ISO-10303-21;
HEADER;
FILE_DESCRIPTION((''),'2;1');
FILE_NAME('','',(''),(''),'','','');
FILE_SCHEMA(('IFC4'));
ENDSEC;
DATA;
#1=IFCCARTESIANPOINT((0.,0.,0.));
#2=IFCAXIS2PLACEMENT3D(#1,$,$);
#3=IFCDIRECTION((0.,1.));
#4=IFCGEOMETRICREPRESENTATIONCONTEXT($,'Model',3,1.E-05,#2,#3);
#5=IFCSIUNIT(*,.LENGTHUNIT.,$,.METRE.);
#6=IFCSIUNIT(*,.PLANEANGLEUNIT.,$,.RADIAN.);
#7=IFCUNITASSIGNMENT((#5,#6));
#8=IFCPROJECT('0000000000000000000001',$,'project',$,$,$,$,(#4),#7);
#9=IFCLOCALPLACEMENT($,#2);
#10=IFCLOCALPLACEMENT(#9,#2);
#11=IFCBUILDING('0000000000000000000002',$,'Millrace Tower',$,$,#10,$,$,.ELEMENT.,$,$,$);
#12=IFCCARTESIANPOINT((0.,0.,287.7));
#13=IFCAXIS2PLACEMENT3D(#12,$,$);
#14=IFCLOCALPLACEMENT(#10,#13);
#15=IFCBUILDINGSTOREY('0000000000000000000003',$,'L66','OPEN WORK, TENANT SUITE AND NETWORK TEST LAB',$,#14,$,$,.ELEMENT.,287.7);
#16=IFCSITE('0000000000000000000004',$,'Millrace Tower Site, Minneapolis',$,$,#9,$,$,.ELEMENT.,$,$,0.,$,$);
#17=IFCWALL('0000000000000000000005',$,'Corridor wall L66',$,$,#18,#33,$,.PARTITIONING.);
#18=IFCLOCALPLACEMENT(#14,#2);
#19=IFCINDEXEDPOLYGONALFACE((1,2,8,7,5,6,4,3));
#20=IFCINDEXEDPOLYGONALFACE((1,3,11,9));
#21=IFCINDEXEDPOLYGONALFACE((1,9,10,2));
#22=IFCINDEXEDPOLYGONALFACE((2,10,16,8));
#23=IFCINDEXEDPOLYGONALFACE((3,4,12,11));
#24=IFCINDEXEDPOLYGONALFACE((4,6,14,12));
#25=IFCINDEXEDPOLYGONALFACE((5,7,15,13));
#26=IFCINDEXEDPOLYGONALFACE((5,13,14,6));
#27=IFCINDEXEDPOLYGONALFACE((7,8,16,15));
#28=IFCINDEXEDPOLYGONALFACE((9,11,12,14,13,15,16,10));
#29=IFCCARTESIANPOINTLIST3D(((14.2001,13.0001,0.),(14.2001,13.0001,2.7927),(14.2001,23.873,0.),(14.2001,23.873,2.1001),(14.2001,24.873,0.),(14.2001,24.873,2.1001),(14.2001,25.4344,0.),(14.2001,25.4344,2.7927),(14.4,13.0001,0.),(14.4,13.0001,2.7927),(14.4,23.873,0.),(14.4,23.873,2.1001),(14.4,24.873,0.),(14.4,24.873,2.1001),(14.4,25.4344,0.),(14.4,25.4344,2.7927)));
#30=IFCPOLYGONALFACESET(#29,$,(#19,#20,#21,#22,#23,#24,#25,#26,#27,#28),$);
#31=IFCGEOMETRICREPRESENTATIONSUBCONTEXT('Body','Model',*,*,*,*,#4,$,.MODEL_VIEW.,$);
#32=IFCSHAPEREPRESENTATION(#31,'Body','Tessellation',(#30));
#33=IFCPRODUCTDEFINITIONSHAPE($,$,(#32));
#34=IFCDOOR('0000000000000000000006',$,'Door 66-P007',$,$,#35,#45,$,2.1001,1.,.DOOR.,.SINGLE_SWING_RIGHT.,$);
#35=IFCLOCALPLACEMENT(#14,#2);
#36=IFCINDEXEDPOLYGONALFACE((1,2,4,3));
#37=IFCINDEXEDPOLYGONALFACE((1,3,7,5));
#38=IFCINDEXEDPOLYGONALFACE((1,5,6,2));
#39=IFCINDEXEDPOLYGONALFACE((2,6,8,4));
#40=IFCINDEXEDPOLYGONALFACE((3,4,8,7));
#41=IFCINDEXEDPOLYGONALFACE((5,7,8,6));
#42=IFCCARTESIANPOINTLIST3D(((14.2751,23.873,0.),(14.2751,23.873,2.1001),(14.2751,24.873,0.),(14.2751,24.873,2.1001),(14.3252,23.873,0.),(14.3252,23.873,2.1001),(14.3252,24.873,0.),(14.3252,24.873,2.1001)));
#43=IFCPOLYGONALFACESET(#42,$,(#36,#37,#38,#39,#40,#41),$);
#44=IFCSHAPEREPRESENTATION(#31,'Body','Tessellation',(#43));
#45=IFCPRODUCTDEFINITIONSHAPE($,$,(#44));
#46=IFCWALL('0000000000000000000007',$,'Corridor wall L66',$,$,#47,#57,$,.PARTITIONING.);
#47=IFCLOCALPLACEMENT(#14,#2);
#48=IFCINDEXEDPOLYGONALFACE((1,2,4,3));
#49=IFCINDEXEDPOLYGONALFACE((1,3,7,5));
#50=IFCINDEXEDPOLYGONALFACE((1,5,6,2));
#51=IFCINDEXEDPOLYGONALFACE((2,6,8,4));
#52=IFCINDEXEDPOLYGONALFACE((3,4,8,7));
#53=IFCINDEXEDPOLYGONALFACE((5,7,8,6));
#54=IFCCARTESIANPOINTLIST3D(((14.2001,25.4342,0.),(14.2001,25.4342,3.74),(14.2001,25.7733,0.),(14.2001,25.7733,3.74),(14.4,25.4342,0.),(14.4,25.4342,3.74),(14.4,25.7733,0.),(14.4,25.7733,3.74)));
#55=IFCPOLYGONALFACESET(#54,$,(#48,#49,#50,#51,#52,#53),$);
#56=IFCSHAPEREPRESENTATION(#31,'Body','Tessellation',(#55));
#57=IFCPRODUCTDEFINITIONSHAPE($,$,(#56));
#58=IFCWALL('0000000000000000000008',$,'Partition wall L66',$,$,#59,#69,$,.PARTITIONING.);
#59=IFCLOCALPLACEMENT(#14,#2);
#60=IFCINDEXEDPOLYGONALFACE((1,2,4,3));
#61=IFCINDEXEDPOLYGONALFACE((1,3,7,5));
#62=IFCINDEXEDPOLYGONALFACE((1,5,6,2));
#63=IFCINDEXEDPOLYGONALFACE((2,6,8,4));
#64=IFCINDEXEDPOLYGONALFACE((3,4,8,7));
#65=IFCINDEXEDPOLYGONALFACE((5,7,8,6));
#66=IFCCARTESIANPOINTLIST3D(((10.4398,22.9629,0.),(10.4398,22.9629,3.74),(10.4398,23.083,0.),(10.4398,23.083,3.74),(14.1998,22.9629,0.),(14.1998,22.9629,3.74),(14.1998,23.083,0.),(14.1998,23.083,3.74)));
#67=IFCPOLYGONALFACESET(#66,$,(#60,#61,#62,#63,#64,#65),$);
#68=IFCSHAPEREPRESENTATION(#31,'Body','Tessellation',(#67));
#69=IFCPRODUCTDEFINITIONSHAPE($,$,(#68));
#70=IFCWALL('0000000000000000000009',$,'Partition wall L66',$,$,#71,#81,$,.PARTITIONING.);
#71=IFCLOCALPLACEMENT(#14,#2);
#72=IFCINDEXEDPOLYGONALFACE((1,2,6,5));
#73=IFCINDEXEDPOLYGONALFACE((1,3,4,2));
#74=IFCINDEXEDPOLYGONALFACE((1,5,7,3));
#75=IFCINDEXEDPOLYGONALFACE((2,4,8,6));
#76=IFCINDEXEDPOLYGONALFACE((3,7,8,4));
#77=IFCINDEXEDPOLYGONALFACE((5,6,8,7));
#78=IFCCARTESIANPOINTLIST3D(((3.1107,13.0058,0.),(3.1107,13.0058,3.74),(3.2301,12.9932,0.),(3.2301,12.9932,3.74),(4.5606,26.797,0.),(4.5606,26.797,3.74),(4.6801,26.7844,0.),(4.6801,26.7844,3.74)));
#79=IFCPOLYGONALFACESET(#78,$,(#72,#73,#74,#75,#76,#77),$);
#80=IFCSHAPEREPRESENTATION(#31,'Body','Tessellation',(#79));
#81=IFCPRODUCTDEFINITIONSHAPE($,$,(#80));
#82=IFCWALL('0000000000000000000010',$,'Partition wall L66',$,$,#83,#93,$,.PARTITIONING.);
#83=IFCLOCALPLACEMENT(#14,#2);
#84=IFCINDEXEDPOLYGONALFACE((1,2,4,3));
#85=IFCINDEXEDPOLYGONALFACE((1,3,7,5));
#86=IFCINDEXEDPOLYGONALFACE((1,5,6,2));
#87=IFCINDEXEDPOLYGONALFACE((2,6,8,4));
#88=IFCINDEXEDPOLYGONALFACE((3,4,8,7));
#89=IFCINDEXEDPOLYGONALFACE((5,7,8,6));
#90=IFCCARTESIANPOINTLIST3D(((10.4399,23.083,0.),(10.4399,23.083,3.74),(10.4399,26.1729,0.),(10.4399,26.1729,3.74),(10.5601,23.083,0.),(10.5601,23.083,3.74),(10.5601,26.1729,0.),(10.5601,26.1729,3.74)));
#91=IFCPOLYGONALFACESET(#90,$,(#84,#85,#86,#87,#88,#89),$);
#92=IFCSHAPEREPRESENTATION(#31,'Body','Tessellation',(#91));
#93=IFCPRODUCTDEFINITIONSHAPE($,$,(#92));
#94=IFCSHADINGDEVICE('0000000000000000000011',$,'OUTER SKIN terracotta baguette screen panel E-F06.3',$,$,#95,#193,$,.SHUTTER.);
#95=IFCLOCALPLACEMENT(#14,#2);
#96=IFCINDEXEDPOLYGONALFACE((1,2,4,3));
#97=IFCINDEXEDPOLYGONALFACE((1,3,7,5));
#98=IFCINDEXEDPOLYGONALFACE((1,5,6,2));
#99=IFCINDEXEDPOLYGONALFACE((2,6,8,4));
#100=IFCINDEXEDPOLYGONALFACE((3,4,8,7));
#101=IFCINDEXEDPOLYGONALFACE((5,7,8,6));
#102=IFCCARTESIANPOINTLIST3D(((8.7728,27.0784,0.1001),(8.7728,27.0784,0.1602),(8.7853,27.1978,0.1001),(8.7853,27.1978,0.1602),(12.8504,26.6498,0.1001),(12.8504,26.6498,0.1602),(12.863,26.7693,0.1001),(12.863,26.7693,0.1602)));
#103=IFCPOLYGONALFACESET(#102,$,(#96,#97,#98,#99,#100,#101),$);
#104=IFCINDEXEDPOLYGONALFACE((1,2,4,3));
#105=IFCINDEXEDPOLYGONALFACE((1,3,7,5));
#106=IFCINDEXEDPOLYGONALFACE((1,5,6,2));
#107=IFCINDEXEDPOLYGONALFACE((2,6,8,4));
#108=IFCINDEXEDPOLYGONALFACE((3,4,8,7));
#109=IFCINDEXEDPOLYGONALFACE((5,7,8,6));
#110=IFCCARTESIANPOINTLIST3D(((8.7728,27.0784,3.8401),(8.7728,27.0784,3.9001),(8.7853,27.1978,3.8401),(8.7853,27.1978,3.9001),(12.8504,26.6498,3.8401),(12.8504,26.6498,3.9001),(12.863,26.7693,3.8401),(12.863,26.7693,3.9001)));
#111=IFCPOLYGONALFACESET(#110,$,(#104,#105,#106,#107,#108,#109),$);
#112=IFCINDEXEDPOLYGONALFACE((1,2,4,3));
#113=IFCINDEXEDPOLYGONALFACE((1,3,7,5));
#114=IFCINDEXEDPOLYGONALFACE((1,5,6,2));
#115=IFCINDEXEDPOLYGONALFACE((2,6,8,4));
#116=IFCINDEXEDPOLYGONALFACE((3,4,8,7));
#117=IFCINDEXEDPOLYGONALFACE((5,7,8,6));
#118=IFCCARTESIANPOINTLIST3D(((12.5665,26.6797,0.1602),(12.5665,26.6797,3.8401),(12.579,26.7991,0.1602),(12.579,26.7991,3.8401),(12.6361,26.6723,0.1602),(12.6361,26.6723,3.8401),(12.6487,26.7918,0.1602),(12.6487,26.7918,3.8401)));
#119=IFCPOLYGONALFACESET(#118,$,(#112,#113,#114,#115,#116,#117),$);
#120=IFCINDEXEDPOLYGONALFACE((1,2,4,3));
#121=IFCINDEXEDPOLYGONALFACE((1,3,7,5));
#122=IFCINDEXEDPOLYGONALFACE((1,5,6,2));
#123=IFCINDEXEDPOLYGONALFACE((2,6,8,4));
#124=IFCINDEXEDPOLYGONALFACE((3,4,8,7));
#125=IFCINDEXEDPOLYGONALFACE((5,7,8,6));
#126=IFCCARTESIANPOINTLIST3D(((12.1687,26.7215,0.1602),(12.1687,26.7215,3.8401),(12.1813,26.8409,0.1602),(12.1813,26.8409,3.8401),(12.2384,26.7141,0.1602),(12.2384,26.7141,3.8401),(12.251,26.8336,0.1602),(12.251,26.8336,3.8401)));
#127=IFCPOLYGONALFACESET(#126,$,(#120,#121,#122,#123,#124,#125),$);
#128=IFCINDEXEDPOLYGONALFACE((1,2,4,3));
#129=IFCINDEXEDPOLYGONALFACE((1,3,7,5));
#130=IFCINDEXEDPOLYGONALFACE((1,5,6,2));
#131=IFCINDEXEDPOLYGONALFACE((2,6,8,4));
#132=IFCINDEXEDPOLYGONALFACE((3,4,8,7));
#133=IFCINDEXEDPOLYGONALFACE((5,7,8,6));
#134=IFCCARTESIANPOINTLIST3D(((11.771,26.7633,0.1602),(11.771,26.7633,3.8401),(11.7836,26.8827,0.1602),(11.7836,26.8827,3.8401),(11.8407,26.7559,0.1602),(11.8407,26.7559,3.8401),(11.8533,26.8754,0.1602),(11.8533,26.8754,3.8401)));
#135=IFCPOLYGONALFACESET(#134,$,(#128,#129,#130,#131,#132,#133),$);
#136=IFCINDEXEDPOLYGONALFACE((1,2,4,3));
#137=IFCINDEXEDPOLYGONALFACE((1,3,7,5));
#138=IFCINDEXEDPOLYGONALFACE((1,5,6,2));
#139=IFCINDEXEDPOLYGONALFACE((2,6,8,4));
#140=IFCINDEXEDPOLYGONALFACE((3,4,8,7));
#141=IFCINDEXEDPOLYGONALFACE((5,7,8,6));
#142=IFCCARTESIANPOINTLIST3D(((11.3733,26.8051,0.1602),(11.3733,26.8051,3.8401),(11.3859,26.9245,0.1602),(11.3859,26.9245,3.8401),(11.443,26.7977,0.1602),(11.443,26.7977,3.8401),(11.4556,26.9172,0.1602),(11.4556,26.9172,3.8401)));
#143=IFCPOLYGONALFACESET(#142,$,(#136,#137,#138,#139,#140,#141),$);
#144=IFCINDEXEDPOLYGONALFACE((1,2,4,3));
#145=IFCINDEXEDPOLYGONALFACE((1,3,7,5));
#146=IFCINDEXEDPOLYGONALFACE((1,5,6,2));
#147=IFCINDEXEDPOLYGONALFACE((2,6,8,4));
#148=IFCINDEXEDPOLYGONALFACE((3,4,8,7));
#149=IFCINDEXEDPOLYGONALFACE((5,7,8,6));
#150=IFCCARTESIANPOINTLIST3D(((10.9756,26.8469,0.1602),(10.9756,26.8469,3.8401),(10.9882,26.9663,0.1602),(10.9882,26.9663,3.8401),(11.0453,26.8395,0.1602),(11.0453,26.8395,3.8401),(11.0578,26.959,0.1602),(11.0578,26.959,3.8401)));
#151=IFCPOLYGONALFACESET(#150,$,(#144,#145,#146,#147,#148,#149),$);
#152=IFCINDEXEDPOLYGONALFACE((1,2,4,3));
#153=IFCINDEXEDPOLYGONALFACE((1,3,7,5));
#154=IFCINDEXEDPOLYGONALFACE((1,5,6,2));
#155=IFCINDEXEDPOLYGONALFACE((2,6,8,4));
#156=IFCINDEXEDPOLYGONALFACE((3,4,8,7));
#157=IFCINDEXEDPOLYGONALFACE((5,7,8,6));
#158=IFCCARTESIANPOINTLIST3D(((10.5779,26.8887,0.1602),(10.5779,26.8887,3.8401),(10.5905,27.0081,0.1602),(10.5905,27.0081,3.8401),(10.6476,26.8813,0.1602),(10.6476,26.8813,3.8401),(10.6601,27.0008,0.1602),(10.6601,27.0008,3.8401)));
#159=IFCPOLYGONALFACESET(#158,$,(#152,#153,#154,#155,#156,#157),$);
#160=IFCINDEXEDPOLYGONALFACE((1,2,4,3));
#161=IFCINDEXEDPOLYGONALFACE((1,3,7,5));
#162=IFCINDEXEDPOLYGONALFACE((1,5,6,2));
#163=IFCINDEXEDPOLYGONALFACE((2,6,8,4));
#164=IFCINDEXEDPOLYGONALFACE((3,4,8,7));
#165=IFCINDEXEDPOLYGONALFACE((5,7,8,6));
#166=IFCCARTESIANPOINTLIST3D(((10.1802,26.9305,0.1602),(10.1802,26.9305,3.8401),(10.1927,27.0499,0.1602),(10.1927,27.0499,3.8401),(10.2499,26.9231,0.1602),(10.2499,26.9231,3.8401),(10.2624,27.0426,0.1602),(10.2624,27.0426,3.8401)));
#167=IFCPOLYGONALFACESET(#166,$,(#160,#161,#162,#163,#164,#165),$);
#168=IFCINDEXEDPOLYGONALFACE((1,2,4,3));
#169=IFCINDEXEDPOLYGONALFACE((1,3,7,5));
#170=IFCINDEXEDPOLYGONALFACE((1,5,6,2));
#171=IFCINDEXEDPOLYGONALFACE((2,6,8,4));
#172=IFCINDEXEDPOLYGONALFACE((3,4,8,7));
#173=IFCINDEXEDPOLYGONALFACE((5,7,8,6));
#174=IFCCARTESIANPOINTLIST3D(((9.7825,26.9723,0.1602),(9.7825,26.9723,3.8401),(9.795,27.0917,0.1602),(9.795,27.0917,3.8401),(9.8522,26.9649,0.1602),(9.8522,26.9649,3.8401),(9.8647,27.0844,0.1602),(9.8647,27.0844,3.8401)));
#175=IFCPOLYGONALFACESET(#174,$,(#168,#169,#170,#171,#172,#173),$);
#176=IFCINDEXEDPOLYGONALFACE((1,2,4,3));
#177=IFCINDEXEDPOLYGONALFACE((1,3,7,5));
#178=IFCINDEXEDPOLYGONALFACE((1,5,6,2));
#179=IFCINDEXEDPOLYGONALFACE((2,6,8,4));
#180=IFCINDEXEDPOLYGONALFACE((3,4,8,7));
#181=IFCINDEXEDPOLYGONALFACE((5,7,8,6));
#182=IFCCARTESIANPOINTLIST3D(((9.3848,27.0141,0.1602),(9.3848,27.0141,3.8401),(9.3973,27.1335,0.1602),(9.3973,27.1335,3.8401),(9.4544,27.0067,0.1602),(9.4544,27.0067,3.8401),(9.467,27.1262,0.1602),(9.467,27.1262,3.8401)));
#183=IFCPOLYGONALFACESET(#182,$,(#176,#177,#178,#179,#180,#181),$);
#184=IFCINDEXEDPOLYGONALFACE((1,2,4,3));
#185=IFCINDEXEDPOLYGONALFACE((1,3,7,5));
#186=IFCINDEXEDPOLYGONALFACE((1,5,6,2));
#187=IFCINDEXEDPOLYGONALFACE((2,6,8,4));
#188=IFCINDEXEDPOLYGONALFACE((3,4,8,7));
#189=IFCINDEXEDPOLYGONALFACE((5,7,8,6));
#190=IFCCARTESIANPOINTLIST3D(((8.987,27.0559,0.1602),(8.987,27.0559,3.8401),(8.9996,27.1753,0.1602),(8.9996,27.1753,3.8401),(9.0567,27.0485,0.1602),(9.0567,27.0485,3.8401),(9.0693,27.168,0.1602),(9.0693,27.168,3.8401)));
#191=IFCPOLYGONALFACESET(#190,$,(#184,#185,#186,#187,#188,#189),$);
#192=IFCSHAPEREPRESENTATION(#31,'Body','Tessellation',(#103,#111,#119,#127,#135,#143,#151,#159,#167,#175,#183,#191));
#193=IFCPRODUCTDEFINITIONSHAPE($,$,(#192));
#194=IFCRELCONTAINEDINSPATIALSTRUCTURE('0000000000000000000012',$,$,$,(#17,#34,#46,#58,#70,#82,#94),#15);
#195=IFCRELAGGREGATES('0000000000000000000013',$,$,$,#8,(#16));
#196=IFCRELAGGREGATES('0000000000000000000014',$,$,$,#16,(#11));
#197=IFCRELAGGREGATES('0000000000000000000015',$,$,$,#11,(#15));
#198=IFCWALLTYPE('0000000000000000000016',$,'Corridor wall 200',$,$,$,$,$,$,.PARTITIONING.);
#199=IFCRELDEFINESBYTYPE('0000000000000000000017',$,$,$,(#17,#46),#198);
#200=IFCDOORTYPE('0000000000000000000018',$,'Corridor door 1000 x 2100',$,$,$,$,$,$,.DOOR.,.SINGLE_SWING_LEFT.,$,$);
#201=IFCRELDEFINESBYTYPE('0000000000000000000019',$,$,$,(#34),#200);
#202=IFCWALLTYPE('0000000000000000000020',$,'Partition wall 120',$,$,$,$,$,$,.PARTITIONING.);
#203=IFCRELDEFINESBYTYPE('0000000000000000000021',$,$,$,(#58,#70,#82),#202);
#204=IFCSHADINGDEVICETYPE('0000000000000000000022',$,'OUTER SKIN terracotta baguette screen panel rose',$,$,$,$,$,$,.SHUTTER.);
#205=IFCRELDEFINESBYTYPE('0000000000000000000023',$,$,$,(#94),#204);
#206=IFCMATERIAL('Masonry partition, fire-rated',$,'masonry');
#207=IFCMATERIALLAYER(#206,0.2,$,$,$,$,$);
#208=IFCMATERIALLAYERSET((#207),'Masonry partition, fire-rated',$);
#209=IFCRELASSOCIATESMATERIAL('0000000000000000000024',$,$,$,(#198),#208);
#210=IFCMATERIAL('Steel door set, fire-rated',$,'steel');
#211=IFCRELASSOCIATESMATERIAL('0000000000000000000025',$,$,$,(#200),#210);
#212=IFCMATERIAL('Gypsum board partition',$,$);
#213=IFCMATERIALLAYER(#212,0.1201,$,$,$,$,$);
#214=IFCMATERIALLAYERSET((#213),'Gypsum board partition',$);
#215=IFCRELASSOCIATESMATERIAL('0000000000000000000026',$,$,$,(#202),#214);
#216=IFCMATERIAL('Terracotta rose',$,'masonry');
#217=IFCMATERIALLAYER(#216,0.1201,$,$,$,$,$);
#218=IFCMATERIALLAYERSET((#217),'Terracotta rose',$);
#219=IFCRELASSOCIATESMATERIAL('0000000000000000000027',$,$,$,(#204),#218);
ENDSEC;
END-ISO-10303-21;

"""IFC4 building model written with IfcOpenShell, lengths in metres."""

from ifc_helpers import new_model, entity, si_unit, direction, frame, frame_2d, origin, place, context, subcontext, project, spatial, rectangle, extrude, source, transform, mapped, material, layer, layer_set, type_object, element, fill, save


model = new_model("IFC4")

# Units and contexts
model_context = context("Model", 3, precision=1e-05, world=origin(), true_north=direction((0.0, 1.0)))
body_context = subcontext(model_context, "Body", "Model", "MODEL_VIEW")
ifc_project = project(units=[si_unit("LENGTHUNIT", "METRE"), si_unit("PLANEANGLEUNIT", "RADIAN")], contexts=[model_context])

# Site, building, storey
site_placement = place(None, origin())
site = spatial("IfcSite", under=ifc_project, at=site_placement, Name="Millrace Tower Site, Minneapolis", CompositionType="ELEMENT", RefElevation=0.0)
building_placement = place(site_placement, origin())
building = spatial("IfcBuilding", under=site, at=building_placement, Name="Millrace Tower", CompositionType="ELEMENT")
storey_placement = place(building_placement, frame((0.0, 0.0, 287.7)))
storey = spatial("IfcBuildingStorey", under=building, at=storey_placement, Name="L66", Description="OPEN WORK, TENANT SUITE AND NETWORK TEST LAB", CompositionType="ELEMENT", Elevation=287.7)

# Wall, opening, door
ifc_material_1 = material(Name="Masonry partition, fire-rated", Category="masonry")
ifc_layer_1 = layer(ifc_material_1, 0.2)
ifc_layer_set_1 = layer_set([ifc_layer_1], Name="Masonry partition, fire-rated")
wall_type_1 = type_object("IfcWallType", Name="Corridor wall 200", PredefinedType="PARTITIONING", material=ifc_layer_set_1)
wall_1_placement = place(storey_placement, frame((14.3, 13.0, 0.0), z_axis=(0.0, 0.0, 1.0), x_axis=(0.0, 1.0, 0.0)))
wall_1 = element("IfcWall", 1, at=wall_1_placement, inside=storey, type_object=wall_type_1, Name="Corridor wall L66", PredefinedType="PARTITIONING", context=body_context, shape_type="SweptSolid", body=[
    extrude(rectangle(XDim=12.4343, YDim=0.2, at=frame_2d((6.2173, 0.0))), origin(), (0.0, 0.0, 1.0), 2.7927),
])
opening_1_placement = place(wall_1_placement, frame((10.873, 0.0, 0.0)))
opening_1 = element("IfcOpeningElement", 2, at=opening_1_placement, cuts=wall_1, PredefinedType="OPENING", context=body_context, shape_type="SweptSolid", body=[
    extrude(rectangle(XDim=1.0, YDim=2.1001, at=frame_2d((0.5, 1.05))), frame((0.0, 0.1099, 0.0), z_axis=(0.0, -1.0, 0.0), x_axis=(1.0, 0.0, 0.0)), (0.0, 0.0, 1.0), 0.22),
])
ifc_material_2 = material(Name="Steel door set, fire-rated", Category="steel")
door_type_1 = type_object("IfcDoorType", Name="Corridor door 1000 x 2100", OperationType="SINGLE_SWING_LEFT", PredefinedType="DOOR", material=ifc_material_2)
door_1_placement = place(opening_1_placement, origin())
door_1 = element("IfcDoor", 3, at=door_1_placement, inside=storey, type_object=door_type_1, Name="Door 66-P007", OperationType="SINGLE_SWING_RIGHT", OverallHeight=2.1001, OverallWidth=1.0, PredefinedType="DOOR", context=body_context, shape_type="SweptSolid", body=[
    extrude(rectangle(XDim=1.0, YDim=2.1001, at=frame_2d((0.5, 1.05))), frame((0.0, 0.0249, 0.0), z_axis=(0.0, -1.0, 0.0), x_axis=(1.0, 0.0, 0.0)), (0.0, 0.0, 1.0), 0.05),
])
fill(opening_1, door_1)

# Walls
wall_2_placement = place(storey_placement, frame((14.3, 25.4343, 0.0), z_axis=(0.0, 0.0, 1.0), x_axis=(0.0, 1.0, 0.0)))
element("IfcWall", 4, at=wall_2_placement, inside=storey, type_object=wall_type_1, Name="Corridor wall L66", PredefinedType="PARTITIONING", context=body_context, shape_type="SweptSolid", body=[
    extrude(rectangle(XDim=0.3391, YDim=0.2, at=frame_2d((0.1694, 0.0))), origin(), (0.0, 0.0, 1.0), 3.74),
])
ifc_material_3 = material(Name="Gypsum board partition")
ifc_layer_2 = layer(ifc_material_3, 0.1201)
ifc_layer_set_2 = layer_set([ifc_layer_2], Name="Gypsum board partition")
wall_type_2 = type_object("IfcWallType", Name="Partition wall 120", PredefinedType="PARTITIONING", material=ifc_layer_set_2)
wall_3_placement = place(storey_placement, frame((10.4399, 23.0229, 0.0), z_axis=(0.0, 0.0, 1.0), x_axis=(1.0, 0.0, 0.0)))
element("IfcWall", 5, at=wall_3_placement, inside=storey, type_object=wall_type_2, Name="Partition wall L66", PredefinedType="PARTITIONING", context=body_context, shape_type="SweptSolid", body=[
    extrude(rectangle(XDim=3.76, YDim=0.1201, at=frame_2d((1.8799, 0.0))), origin(), (0.0, 0.0, 1.0), 3.74),
])
wall_4_placement = place(storey_placement, frame((3.1704, 12.9995, 0.0), z_axis=(0.0, 0.0, 1.0), x_axis=(0.104559, 0.994519, 0.0)))
element("IfcWall", 6, at=wall_4_placement, inside=storey, type_object=wall_type_2, Name="Partition wall L66", PredefinedType="PARTITIONING", context=body_context, shape_type="SweptSolid", body=[
    extrude(rectangle(XDim=13.8672, YDim=0.1201, at=frame_2d((6.9336, 0.0))), origin(), (0.0, 0.0, 1.0), 3.74),
])
wall_5_placement = place(storey_placement, frame((10.5, 23.083, 0.0), z_axis=(0.0, 0.0, 1.0), x_axis=(0.0, 1.0, 0.0)))
element("IfcWall", 7, at=wall_5_placement, inside=storey, type_object=wall_type_2, Name="Partition wall L66", PredefinedType="PARTITIONING", context=body_context, shape_type="SweptSolid", body=[
    extrude(rectangle(XDim=3.0898, YDim=0.1201, at=frame_2d((1.5449, 0.0))), origin(), (0.0, 0.0, 1.0), 3.74),
])

# Shading device
ifc_material_4 = material(Name="Terracotta rose", Category="masonry")
ifc_layer_3 = layer(ifc_material_4, 0.1201)
ifc_layer_set_3 = layer_set([ifc_layer_3], Name="Terracotta rose")
shading_device_type = type_object("IfcShadingDeviceType", Name="OUTER SKIN terracotta baguette screen panel rose", PredefinedType="SHUTTER", material=ifc_layer_set_3)
cartesian_point = entity("IfcCartesianPoint", [-2.05, 0.0601])
shared_polyline = entity("IfcPolyline", [cartesian_point, entity("IfcCartesianPoint", [2.05, 0.0601]), entity("IfcCartesianPoint", [2.05, -0.0601]), entity("IfcCartesianPoint", [-2.05, -0.0601]), cartesian_point])
shared_shape = source(origin(), body_context, "Body", "SweptSolid", [
    entity("IfcExtrudedAreaSolid", entity("IfcArbitraryClosedProfileDef", "AREA", None, shared_polyline), entity("IfcAxis2Placement3D", entity("IfcCartesianPoint", [0.0, 0.0, 0.0])), entity("IfcDirection", [0.0, 0.0, 1.0]), 0.0601),
    entity("IfcExtrudedAreaSolid", entity("IfcArbitraryClosedProfileDef", "AREA", None, shared_polyline), entity("IfcAxis2Placement3D", entity("IfcCartesianPoint", [0.0, 0.0, 3.74])), entity("IfcDirection", [0.0, 0.0, 1.0]), 0.0601),
    extrude(rectangle(XDim=0.0701, YDim=0.1201, at=frame_2d((-1.7996, 0.0))), frame((0.0, 0.0, 0.0601)), (0.0, 0.0, 1.0), 3.6799),
    extrude(rectangle(XDim=0.0701, YDim=0.1201, at=frame_2d((-1.3997, 0.0))), frame((0.0, 0.0, 0.0601)), (0.0, 0.0, 1.0), 3.6799),
    extrude(rectangle(XDim=0.0701, YDim=0.1201, at=frame_2d((-0.9998, 0.0))), frame((0.0, 0.0, 0.0601)), (0.0, 0.0, 1.0), 3.6799),
    extrude(rectangle(XDim=0.0701, YDim=0.1201, at=frame_2d((-0.5999, 0.0))), frame((0.0, 0.0, 0.0601)), (0.0, 0.0, 1.0), 3.6799),
    extrude(rectangle(XDim=0.0701, YDim=0.1201, at=frame_2d((-0.2, 0.0))), frame((0.0, 0.0, 0.0601)), (0.0, 0.0, 1.0), 3.6799),
    extrude(rectangle(XDim=0.0701, YDim=0.1201, at=frame_2d((0.2, 0.0))), frame((0.0, 0.0, 0.0601)), (0.0, 0.0, 1.0), 3.6799),
    extrude(rectangle(XDim=0.0701, YDim=0.1201, at=frame_2d((0.5999, 0.0))), frame((0.0, 0.0, 0.0601)), (0.0, 0.0, 1.0), 3.6799),
    extrude(rectangle(XDim=0.0701, YDim=0.1201, at=frame_2d((0.9998, 0.0))), frame((0.0, 0.0, 0.0601)), (0.0, 0.0, 1.0), 3.6799),
    extrude(rectangle(XDim=0.0701, YDim=0.1201, at=frame_2d((1.3997, 0.0))), frame((0.0, 0.0, 0.0601)), (0.0, 0.0, 1.0), 3.6799),
    extrude(rectangle(XDim=0.0701, YDim=0.1201, at=frame_2d((1.7996, 0.0))), frame((0.0, 0.0, 0.0601)), (0.0, 0.0, 1.0), 3.6799),
])
for number, where, z_axis, x_axis, name in (
    (8, (10.8179, 26.9238, 0.1001), (0.0, 0.0, 1.0), (-0.994522, 0.104528, 0.0), "OUTER SKIN terracotta baguette screen panel E-F06.3"),
):
    element("IfcShadingDevice", number, at=place(storey_placement, frame(where, z_axis=z_axis, x_axis=x_axis)), inside=storey, type_object=shading_device_type, Name=name, PredefinedType="SHUTTER", context=body_context, shape_type="MappedRepresentation", body=[
        mapped(shared_shape, transform((0.0, 0.0, 0.0), scale=1.0)),
    ])

save(model, "model.ifc")
